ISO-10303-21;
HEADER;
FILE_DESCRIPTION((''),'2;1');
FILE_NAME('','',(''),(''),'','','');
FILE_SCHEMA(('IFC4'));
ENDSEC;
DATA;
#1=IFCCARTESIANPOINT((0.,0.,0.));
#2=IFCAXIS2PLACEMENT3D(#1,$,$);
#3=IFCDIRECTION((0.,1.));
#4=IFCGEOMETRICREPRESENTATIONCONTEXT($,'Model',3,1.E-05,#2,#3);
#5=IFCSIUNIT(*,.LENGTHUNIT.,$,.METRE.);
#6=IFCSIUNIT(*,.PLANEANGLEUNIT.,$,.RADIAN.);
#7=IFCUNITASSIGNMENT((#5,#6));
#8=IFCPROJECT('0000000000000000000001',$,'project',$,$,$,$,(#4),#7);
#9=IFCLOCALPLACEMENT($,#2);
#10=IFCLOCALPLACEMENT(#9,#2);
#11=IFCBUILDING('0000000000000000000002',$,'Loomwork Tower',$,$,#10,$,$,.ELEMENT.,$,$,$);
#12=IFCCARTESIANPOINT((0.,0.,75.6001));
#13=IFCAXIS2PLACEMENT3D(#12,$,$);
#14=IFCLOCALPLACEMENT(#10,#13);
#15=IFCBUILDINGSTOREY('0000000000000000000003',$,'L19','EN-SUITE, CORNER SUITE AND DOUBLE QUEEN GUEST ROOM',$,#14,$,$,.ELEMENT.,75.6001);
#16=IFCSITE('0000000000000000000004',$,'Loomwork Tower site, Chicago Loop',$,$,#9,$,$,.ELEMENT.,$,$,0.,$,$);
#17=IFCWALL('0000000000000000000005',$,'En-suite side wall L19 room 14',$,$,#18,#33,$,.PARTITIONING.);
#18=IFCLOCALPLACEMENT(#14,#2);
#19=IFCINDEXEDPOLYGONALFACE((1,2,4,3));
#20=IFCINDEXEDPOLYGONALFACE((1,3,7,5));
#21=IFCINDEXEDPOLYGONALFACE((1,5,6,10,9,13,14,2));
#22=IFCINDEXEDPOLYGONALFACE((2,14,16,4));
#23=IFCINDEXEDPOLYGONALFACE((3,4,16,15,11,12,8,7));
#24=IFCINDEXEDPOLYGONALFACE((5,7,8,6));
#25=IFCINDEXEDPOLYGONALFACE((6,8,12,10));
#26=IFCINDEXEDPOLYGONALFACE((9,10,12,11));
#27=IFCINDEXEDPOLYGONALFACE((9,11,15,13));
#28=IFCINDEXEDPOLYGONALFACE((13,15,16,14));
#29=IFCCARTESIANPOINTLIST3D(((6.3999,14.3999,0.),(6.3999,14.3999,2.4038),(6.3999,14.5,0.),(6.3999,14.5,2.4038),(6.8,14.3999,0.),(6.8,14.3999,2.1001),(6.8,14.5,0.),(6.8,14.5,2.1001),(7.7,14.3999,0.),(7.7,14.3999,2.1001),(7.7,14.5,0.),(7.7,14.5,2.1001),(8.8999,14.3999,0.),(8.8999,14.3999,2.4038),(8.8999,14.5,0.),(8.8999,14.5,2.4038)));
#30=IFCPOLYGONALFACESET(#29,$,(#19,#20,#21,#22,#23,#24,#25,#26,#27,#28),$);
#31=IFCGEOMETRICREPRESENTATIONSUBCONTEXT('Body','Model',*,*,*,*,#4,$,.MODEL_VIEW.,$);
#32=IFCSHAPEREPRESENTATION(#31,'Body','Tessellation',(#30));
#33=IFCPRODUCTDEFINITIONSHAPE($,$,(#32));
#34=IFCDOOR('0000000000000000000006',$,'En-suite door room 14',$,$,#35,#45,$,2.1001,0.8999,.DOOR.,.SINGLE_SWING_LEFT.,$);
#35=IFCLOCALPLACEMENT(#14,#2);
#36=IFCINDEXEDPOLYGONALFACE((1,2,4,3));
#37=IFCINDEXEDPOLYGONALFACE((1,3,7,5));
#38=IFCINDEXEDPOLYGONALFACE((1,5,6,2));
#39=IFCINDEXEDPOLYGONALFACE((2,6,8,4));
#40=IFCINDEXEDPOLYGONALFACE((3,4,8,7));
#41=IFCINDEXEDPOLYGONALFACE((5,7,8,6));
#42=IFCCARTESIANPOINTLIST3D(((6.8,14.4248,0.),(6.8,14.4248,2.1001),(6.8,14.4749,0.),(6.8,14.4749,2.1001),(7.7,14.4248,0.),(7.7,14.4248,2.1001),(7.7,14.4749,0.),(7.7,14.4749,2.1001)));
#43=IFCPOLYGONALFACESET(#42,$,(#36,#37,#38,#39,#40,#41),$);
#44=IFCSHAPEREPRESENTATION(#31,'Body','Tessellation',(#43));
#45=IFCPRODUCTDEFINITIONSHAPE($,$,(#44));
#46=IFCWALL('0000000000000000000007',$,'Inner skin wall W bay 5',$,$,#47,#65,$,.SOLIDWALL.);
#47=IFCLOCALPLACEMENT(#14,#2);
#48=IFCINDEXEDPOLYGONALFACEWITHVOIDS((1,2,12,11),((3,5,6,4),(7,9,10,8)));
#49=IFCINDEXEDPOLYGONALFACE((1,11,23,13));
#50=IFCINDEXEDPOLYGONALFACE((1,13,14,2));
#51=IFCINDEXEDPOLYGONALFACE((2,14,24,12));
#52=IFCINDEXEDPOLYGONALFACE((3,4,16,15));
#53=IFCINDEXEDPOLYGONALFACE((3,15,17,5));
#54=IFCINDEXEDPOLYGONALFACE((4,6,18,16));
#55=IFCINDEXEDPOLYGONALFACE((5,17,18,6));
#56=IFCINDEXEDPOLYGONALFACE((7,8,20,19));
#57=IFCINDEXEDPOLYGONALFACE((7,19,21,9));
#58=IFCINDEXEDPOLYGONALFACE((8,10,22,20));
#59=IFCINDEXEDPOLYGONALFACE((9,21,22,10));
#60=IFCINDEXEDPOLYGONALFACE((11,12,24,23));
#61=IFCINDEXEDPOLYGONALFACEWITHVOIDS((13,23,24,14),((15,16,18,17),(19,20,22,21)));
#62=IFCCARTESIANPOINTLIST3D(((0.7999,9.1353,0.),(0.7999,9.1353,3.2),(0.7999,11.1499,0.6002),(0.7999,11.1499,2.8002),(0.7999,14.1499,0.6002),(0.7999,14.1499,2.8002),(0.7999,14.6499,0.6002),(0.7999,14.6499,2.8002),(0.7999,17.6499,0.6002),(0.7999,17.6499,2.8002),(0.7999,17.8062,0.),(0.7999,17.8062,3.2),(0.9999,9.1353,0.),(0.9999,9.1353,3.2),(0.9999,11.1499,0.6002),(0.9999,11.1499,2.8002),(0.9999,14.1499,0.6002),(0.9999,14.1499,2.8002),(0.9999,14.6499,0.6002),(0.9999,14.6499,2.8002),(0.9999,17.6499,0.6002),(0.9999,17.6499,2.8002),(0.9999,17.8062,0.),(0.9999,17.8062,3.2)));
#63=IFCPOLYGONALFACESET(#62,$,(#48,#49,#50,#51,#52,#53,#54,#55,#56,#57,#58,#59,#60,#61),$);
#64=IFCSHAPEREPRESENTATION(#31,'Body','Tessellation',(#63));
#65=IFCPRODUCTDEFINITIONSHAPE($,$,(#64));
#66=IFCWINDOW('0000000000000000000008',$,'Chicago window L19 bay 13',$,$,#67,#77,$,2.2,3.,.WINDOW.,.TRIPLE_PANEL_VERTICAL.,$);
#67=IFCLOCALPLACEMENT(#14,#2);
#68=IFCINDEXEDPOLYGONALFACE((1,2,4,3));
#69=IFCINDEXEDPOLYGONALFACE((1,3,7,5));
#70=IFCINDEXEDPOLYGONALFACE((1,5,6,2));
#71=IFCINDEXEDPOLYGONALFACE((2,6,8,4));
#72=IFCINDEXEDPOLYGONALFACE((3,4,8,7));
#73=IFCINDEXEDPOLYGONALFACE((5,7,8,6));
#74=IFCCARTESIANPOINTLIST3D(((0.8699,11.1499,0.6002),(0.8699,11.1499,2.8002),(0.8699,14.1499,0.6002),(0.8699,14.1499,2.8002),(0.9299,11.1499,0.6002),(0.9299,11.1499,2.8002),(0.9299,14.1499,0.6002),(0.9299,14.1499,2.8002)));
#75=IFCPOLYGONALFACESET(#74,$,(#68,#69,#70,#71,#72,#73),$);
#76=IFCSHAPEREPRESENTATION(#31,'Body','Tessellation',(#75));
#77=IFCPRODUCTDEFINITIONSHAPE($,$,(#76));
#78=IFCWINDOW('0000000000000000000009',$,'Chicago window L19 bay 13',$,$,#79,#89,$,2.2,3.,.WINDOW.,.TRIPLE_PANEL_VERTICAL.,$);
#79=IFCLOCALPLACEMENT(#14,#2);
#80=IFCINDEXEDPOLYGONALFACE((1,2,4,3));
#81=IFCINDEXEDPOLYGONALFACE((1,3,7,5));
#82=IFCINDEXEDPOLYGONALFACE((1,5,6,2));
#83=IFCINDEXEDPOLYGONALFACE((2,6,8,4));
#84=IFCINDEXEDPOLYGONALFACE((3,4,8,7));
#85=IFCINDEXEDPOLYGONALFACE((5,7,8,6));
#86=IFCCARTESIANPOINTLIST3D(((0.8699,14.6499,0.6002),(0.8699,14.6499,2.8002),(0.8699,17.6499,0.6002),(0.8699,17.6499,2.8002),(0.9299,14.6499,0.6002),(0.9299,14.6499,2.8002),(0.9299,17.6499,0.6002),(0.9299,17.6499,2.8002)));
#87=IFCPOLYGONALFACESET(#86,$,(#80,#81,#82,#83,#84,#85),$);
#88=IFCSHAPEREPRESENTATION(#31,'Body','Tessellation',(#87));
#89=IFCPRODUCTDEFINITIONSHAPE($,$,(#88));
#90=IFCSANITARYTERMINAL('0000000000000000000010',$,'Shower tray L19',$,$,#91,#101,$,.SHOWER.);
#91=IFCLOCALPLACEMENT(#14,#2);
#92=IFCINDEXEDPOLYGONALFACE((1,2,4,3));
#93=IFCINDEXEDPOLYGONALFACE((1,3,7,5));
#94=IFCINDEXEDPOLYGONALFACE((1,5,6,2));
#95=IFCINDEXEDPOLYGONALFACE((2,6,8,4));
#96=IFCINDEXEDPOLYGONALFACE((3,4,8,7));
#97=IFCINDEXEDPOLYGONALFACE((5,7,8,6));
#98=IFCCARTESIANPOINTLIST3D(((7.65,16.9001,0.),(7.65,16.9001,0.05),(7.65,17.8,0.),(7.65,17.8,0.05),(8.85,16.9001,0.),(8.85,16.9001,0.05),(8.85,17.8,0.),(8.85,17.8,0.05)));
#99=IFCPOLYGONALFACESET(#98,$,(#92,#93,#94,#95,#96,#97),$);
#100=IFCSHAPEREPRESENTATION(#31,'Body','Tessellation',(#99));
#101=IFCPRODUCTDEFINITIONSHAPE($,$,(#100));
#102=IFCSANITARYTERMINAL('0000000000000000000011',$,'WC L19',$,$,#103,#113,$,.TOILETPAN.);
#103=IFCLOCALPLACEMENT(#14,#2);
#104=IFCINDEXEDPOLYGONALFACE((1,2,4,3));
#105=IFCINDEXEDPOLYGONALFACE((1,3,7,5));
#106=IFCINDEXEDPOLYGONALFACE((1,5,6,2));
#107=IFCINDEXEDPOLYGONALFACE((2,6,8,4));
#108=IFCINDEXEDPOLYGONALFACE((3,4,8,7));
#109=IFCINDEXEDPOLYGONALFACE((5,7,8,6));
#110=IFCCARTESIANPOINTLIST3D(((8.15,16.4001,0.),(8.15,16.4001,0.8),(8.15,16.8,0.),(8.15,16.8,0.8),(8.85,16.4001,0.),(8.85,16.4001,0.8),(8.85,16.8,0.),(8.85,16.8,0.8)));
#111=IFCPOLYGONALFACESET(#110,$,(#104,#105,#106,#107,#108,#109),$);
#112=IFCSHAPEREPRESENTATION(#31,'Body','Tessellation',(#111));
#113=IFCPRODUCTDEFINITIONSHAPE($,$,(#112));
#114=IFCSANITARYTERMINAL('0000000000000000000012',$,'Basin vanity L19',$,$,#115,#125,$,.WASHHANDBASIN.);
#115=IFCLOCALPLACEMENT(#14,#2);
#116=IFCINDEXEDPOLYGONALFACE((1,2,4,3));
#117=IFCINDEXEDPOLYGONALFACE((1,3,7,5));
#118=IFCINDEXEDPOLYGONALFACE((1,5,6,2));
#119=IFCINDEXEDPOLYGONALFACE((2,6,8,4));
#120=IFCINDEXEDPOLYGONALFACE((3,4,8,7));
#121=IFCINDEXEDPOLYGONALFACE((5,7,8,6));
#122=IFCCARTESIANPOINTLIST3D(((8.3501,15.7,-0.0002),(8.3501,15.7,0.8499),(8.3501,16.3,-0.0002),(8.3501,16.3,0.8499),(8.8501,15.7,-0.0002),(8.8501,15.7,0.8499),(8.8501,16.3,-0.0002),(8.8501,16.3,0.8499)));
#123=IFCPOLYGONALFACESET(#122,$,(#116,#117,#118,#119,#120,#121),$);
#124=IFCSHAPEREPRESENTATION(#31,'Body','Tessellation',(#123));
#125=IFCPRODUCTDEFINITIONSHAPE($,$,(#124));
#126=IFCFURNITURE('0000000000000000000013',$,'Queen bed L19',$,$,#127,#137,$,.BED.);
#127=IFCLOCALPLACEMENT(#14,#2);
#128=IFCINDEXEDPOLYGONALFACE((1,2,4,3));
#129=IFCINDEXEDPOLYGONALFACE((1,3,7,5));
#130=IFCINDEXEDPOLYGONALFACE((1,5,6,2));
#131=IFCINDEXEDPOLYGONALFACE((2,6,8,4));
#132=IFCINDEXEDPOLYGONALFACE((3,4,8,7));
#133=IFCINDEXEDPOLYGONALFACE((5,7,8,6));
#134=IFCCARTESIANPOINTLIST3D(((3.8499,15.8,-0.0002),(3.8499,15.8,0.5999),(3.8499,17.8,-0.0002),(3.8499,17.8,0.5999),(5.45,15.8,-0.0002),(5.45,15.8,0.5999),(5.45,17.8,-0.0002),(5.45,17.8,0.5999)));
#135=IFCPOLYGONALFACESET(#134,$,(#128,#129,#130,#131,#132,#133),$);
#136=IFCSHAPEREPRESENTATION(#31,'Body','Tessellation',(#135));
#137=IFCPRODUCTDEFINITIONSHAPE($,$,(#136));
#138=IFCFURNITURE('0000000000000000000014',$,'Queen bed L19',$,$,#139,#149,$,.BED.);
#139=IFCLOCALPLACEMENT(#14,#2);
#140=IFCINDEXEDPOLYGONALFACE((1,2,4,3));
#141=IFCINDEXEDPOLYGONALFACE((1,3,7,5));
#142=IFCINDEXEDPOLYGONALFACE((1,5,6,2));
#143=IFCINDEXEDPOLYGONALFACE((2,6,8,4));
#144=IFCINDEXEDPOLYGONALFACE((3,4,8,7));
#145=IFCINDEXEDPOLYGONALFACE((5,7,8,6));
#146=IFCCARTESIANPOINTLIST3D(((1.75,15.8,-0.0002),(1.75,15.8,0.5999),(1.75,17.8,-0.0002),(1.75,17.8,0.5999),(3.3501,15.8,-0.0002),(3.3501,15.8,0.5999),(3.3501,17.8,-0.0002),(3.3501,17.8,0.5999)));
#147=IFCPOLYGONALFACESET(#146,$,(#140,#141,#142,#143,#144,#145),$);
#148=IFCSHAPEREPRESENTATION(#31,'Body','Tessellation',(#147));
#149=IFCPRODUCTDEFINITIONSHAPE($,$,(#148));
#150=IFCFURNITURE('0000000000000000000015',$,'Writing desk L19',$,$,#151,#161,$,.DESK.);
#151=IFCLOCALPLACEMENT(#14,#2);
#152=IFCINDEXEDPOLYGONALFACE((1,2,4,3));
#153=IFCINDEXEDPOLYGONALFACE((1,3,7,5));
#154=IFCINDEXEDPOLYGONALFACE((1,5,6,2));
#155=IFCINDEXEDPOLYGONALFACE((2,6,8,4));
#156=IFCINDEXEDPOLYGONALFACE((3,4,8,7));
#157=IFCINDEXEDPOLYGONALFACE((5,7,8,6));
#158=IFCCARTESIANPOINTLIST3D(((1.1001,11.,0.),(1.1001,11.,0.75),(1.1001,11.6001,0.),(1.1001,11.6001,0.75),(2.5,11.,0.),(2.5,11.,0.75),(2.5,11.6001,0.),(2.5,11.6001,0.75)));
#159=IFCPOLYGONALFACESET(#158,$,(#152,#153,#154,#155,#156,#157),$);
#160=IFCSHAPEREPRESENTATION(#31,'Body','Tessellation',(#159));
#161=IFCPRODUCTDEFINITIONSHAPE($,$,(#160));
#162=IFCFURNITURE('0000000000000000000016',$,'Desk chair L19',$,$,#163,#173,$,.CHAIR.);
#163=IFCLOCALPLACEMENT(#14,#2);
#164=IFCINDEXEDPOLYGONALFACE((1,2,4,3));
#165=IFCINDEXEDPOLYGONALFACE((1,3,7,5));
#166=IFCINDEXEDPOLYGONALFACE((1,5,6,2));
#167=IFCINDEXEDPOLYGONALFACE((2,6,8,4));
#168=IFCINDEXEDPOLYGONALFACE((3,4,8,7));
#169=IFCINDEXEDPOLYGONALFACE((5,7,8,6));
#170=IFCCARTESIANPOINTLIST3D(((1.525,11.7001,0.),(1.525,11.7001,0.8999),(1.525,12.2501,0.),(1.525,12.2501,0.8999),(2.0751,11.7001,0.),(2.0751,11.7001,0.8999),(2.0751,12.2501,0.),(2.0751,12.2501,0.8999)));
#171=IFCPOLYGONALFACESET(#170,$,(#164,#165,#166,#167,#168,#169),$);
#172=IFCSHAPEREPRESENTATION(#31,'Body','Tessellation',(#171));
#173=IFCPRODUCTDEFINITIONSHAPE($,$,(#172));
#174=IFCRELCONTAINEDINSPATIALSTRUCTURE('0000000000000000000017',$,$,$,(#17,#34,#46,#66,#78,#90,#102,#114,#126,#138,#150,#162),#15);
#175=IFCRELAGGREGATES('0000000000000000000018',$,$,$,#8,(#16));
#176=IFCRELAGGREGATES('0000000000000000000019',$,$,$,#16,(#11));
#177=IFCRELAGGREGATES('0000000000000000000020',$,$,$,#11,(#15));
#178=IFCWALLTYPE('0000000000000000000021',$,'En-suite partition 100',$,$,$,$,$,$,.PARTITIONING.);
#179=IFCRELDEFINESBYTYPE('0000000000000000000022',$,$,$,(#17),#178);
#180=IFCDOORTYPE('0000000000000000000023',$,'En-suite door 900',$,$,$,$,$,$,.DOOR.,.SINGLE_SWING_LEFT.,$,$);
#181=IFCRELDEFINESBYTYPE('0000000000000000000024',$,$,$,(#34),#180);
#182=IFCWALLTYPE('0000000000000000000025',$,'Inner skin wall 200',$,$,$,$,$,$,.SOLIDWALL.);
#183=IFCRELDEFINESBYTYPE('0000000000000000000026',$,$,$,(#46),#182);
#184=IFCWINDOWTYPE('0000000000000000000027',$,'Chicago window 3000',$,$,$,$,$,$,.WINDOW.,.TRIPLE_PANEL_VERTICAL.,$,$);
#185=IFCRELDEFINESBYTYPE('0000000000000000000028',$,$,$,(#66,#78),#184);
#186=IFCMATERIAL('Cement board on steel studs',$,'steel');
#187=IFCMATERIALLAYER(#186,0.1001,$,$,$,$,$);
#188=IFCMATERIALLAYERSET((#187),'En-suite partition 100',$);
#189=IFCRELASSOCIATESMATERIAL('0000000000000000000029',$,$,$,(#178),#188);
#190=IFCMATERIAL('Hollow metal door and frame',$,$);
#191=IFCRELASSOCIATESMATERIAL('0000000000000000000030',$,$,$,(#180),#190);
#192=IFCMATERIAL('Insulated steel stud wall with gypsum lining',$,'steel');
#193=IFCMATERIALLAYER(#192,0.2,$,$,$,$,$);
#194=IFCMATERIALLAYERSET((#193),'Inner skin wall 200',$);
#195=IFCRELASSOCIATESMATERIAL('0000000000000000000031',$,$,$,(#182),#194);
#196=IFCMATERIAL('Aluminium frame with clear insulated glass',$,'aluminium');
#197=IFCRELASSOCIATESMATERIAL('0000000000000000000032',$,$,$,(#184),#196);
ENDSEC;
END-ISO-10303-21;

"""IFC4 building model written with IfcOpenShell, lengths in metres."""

from ifc_helpers import new_model, si_unit, direction, frame, frame_2d, origin, origin_2d, place, context, subcontext, project, spatial, rectangle, extrude, material, layer, layer_set, type_object, element, fill, save


model = new_model("IFC4")

# Units and contexts
model_context = context("Model", 3, precision=1e-05, world=origin(), true_north=direction((0.0, 1.0)))
body_context = subcontext(model_context, "Body", "Model", "MODEL_VIEW")
ifc_project = project(units=[si_unit("LENGTHUNIT", "METRE"), si_unit("PLANEANGLEUNIT", "RADIAN")], contexts=[model_context])

# Site, building, storey
site_placement = place(None, origin())
site = spatial("IfcSite", under=ifc_project, at=site_placement, Name="Loomwork Tower site, Chicago Loop", CompositionType="ELEMENT", RefElevation=0.0)
building_placement = place(site_placement, origin())
building = spatial("IfcBuilding", under=site, at=building_placement, Name="Loomwork Tower", CompositionType="ELEMENT")
storey_placement = place(building_placement, frame((0.0, 0.0, 75.6001)))
storey = spatial("IfcBuildingStorey", under=building, at=storey_placement, Name="L19", Description="EN-SUITE, CORNER SUITE AND DOUBLE QUEEN GUEST ROOM", CompositionType="ELEMENT", Elevation=75.6001)

# Shared definitions
ifc_material_1 = material(Name="Cement board on steel studs", Category="steel")
ifc_layer_1 = layer(ifc_material_1, 0.1001)
ifc_layer_set_1 = layer_set([ifc_layer_1], Name="En-suite partition 100")
wall_type_1 = type_object("IfcWallType", Name="En-suite partition 100", PredefinedType="PARTITIONING", material=ifc_layer_set_1)

# Wall, opening, door
wall_1_placement = place(storey_placement, frame((8.8999, 14.45, 0.0), z_axis=(0.0, 0.0, 1.0), x_axis=(-1.0, 0.0, 0.0)))
wall_1 = element("IfcWall", 1, at=wall_1_placement, inside=storey, type_object=wall_type_1, Name="En-suite side wall L19 room 14", PredefinedType="PARTITIONING", context=body_context, shape_type="SweptSolid", body=[
    extrude(rectangle(XDim=2.5, YDim=0.1001, at=frame_2d((1.25, 0.0))), origin(), (0.0, 0.0, 1.0), 2.4038),
])
opening_1_placement = place(wall_1_placement, frame((1.2, 0.0, 0.0)))
opening_1 = element("IfcOpeningElement", 2, at=opening_1_placement, cuts=wall_1, PredefinedType="OPENING", context=body_context, shape_type="SweptSolid", body=[
    extrude(rectangle(XDim=0.8999, YDim=2.1001, at=frame_2d((0.45, 1.05))), frame((0.0, 0.0601, 0.0), z_axis=(0.0, -1.0, 0.0), x_axis=(1.0, 0.0, 0.0)), (0.0, 0.0, 1.0), 0.1201),
])
ifc_material_2 = material(Name="Hollow metal door and frame")
door_type_1 = type_object("IfcDoorType", Name="En-suite door 900", OperationType="SINGLE_SWING_LEFT", PredefinedType="DOOR", material=ifc_material_2)
door_1_placement = place(opening_1_placement, frame((0.8999, 0.0, 0.0), z_axis=(0.0, 0.0, 1.0), x_axis=(-1.0, 0.0, 0.0)))
door_1 = element("IfcDoor", 3, at=door_1_placement, inside=storey, type_object=door_type_1, Name="En-suite door room 14", OperationType="SINGLE_SWING_LEFT", OverallHeight=2.1001, OverallWidth=0.8999, PredefinedType="DOOR", context=body_context, shape_type="SweptSolid", body=[
    extrude(rectangle(XDim=0.8999, YDim=2.1001, at=frame_2d((0.45, 1.05))), frame((0.0, 0.0249, 0.0), z_axis=(0.0, -1.0, 0.0), x_axis=(1.0, 0.0, 0.0)), (0.0, 0.0, 1.0), 0.05),
])
fill(opening_1, door_1)

# Wall, openings, windows
ifc_material_3 = material(Name="Insulated steel stud wall with gypsum lining", Category="steel")
ifc_layer_2 = layer(ifc_material_3, 0.2)
ifc_layer_set_2 = layer_set([ifc_layer_2], Name="Inner skin wall 200")
wall_type_2 = type_object("IfcWallType", Name="Inner skin wall 200", PredefinedType="SOLIDWALL", material=ifc_layer_set_2)
wall_2_placement = place(storey_placement, frame((0.8999, 9.1353, 0.0), z_axis=(0.0, 0.0, 1.0), x_axis=(0.0, 1.0, 0.0)))
wall_2 = element("IfcWall", 4, at=wall_2_placement, inside=storey, type_object=wall_type_2, Name="Inner skin wall W bay 5", PredefinedType="SOLIDWALL", context=body_context, shape_type="SweptSolid", body=[
    extrude(rectangle(XDim=8.6709, YDim=0.2, at=frame_2d((4.3354, 0.0))), origin(), (0.0, 0.0, 1.0), 3.2),
])
opening_2_placement = place(wall_2_placement, frame((2.0146, 0.0, 0.6001)))
opening_2 = element("IfcOpeningElement", 5, at=opening_2_placement, cuts=wall_2, PredefinedType="OPENING", context=body_context, shape_type="SweptSolid", body=[
    extrude(rectangle(XDim=3.0, YDim=2.2, at=frame_2d((1.5, 1.1001))), frame((0.0, 0.1099, 0.0), z_axis=(0.0, -1.0, 0.0), x_axis=(1.0, 0.0, 0.0)), (0.0, 0.0, 1.0), 0.22),
])
opening_3_placement = place(wall_2_placement, frame((5.5146, 0.0, 0.6001)))
opening_3 = element("IfcOpeningElement", 6, at=opening_3_placement, cuts=wall_2, PredefinedType="OPENING", context=body_context, shape_type="SweptSolid", body=[
    extrude(rectangle(XDim=3.0, YDim=2.2, at=frame_2d((1.5, 1.1001))), frame((0.0, 0.1099, 0.0), z_axis=(0.0, -1.0, 0.0), x_axis=(1.0, 0.0, 0.0)), (0.0, 0.0, 1.0), 0.22),
])
ifc_material_4 = material(Name="Aluminium frame with clear insulated glass", Category="aluminium")
window_type = type_object("IfcWindowType", Name="Chicago window 3000", PartitioningType="TRIPLE_PANEL_VERTICAL", PredefinedType="WINDOW", material=ifc_material_4)
window_1_placement = place(opening_2_placement, origin())
window_1 = element("IfcWindow", 7, at=window_1_placement, inside=storey, type_object=window_type, Name="Chicago window L19 bay 13", OverallHeight=2.2, OverallWidth=3.0, PartitioningType="TRIPLE_PANEL_VERTICAL", PredefinedType="WINDOW", context=body_context, shape_type="SweptSolid", body=[
    extrude(rectangle(XDim=3.0, YDim=2.2, at=frame_2d((1.5, 1.1001))), frame((0.0, 0.03, 0.0), z_axis=(0.0, -1.0, 0.0), x_axis=(1.0, 0.0, 0.0)), (0.0, 0.0, 1.0), 0.0601),
])
fill(opening_2, window_1)
window_2_placement = place(opening_3_placement, origin())
window_2 = element("IfcWindow", 8, at=window_2_placement, inside=storey, type_object=window_type, Name="Chicago window L19 bay 13", OverallHeight=2.2, OverallWidth=3.0, PartitioningType="TRIPLE_PANEL_VERTICAL", PredefinedType="WINDOW", context=body_context, shape_type="SweptSolid", body=[
    extrude(rectangle(XDim=3.0, YDim=2.2, at=frame_2d((1.5, 1.1001))), frame((0.0, 0.03, 0.0), z_axis=(0.0, -1.0, 0.0), x_axis=(1.0, 0.0, 0.0)), (0.0, 0.0, 1.0), 0.0601),
])
fill(opening_3, window_2)

# Sanitary terminals
sanitary_terminal_1_placement = place(storey_placement, frame((8.25, 17.3501, 0.0), z_axis=(0.0, 0.0, 1.0), x_axis=(1.0, 0.0, 0.0)))
element("IfcSanitaryTerminal", 9, at=sanitary_terminal_1_placement, inside=storey, Name="Shower tray L19", PredefinedType="SHOWER", context=body_context, shape_type="SweptSolid", body=[
    extrude(rectangle(XDim=1.2, YDim=0.8999, at=origin_2d()), origin(), (0.0, 0.0, 1.0), 0.05),
])
sanitary_terminal_2_placement = place(storey_placement, frame((8.5, 16.6001, 0.0), z_axis=(0.0, 0.0, 1.0), x_axis=(1.0, 0.0, 0.0)))
element("IfcSanitaryTerminal", 10, at=sanitary_terminal_2_placement, inside=storey, Name="WC L19", PredefinedType="TOILETPAN", context=body_context, shape_type="SweptSolid", body=[
    extrude(rectangle(XDim=0.7, YDim=0.3999, at=origin_2d()), origin(), (0.0, 0.0, 1.0), 0.8),
])
sanitary_terminal_3_placement = place(storey_placement, frame((8.6001, 16.0, -0.0002), z_axis=(0.0, 0.0, 1.0), x_axis=(1.0, 0.0, 0.0)))
element("IfcSanitaryTerminal", 11, at=sanitary_terminal_3_placement, inside=storey, Name="Basin vanity L19", PredefinedType="WASHHANDBASIN", context=body_context, shape_type="SweptSolid", body=[
    extrude(rectangle(XDim=0.5, YDim=0.6001, at=origin_2d()), origin(), (0.0, 0.0, 1.0), 0.8501),
])

# Furniture
for number, where, z_axis, x_axis, name in (
    (12, (4.6499, 16.8, -0.0002), (0.0, 0.0, 1.0), (1.0, 0.0, 0.0), "Queen bed L19"),
    (13, (2.55, 16.8, -0.0002), (0.0, 0.0, 1.0), (1.0, 0.0, 0.0), "Queen bed L19"),
):
    element("IfcFurniture", number, at=place(storey_placement, frame(where, z_axis=z_axis, x_axis=x_axis)), inside=storey, Name=name, PredefinedType="BED", context=body_context, shape_type="SweptSolid", body=[
        extrude(rectangle(XDim=1.6001, YDim=2.0, at=origin_2d()), origin(), (0.0, 0.0, 1.0), 0.6001),
    ])
furniture_1_placement = place(storey_placement, frame((1.8, 11.3, 0.0), z_axis=(0.0, 0.0, 1.0), x_axis=(1.0, 0.0, 0.0)))
element("IfcFurniture", 14, at=furniture_1_placement, inside=storey, Name="Writing desk L19", PredefinedType="DESK", context=body_context, shape_type="SweptSolid", body=[
    extrude(rectangle(XDim=1.3999, YDim=0.6001, at=origin_2d()), origin(), (0.0, 0.0, 1.0), 0.75),
])
furniture_2_placement = place(storey_placement, frame((1.8, 11.9751, 0.0), z_axis=(0.0, 0.0, 1.0), x_axis=(1.0, 0.0, 0.0)))
element("IfcFurniture", 15, at=furniture_2_placement, inside=storey, Name="Desk chair L19", PredefinedType="CHAIR", context=body_context, shape_type="SweptSolid", body=[
    extrude(rectangle(XDim=0.55, YDim=0.55, at=origin_2d()), origin(), (0.0, 0.0, 1.0), 0.8999),
])

save(model, "model.ifc")
